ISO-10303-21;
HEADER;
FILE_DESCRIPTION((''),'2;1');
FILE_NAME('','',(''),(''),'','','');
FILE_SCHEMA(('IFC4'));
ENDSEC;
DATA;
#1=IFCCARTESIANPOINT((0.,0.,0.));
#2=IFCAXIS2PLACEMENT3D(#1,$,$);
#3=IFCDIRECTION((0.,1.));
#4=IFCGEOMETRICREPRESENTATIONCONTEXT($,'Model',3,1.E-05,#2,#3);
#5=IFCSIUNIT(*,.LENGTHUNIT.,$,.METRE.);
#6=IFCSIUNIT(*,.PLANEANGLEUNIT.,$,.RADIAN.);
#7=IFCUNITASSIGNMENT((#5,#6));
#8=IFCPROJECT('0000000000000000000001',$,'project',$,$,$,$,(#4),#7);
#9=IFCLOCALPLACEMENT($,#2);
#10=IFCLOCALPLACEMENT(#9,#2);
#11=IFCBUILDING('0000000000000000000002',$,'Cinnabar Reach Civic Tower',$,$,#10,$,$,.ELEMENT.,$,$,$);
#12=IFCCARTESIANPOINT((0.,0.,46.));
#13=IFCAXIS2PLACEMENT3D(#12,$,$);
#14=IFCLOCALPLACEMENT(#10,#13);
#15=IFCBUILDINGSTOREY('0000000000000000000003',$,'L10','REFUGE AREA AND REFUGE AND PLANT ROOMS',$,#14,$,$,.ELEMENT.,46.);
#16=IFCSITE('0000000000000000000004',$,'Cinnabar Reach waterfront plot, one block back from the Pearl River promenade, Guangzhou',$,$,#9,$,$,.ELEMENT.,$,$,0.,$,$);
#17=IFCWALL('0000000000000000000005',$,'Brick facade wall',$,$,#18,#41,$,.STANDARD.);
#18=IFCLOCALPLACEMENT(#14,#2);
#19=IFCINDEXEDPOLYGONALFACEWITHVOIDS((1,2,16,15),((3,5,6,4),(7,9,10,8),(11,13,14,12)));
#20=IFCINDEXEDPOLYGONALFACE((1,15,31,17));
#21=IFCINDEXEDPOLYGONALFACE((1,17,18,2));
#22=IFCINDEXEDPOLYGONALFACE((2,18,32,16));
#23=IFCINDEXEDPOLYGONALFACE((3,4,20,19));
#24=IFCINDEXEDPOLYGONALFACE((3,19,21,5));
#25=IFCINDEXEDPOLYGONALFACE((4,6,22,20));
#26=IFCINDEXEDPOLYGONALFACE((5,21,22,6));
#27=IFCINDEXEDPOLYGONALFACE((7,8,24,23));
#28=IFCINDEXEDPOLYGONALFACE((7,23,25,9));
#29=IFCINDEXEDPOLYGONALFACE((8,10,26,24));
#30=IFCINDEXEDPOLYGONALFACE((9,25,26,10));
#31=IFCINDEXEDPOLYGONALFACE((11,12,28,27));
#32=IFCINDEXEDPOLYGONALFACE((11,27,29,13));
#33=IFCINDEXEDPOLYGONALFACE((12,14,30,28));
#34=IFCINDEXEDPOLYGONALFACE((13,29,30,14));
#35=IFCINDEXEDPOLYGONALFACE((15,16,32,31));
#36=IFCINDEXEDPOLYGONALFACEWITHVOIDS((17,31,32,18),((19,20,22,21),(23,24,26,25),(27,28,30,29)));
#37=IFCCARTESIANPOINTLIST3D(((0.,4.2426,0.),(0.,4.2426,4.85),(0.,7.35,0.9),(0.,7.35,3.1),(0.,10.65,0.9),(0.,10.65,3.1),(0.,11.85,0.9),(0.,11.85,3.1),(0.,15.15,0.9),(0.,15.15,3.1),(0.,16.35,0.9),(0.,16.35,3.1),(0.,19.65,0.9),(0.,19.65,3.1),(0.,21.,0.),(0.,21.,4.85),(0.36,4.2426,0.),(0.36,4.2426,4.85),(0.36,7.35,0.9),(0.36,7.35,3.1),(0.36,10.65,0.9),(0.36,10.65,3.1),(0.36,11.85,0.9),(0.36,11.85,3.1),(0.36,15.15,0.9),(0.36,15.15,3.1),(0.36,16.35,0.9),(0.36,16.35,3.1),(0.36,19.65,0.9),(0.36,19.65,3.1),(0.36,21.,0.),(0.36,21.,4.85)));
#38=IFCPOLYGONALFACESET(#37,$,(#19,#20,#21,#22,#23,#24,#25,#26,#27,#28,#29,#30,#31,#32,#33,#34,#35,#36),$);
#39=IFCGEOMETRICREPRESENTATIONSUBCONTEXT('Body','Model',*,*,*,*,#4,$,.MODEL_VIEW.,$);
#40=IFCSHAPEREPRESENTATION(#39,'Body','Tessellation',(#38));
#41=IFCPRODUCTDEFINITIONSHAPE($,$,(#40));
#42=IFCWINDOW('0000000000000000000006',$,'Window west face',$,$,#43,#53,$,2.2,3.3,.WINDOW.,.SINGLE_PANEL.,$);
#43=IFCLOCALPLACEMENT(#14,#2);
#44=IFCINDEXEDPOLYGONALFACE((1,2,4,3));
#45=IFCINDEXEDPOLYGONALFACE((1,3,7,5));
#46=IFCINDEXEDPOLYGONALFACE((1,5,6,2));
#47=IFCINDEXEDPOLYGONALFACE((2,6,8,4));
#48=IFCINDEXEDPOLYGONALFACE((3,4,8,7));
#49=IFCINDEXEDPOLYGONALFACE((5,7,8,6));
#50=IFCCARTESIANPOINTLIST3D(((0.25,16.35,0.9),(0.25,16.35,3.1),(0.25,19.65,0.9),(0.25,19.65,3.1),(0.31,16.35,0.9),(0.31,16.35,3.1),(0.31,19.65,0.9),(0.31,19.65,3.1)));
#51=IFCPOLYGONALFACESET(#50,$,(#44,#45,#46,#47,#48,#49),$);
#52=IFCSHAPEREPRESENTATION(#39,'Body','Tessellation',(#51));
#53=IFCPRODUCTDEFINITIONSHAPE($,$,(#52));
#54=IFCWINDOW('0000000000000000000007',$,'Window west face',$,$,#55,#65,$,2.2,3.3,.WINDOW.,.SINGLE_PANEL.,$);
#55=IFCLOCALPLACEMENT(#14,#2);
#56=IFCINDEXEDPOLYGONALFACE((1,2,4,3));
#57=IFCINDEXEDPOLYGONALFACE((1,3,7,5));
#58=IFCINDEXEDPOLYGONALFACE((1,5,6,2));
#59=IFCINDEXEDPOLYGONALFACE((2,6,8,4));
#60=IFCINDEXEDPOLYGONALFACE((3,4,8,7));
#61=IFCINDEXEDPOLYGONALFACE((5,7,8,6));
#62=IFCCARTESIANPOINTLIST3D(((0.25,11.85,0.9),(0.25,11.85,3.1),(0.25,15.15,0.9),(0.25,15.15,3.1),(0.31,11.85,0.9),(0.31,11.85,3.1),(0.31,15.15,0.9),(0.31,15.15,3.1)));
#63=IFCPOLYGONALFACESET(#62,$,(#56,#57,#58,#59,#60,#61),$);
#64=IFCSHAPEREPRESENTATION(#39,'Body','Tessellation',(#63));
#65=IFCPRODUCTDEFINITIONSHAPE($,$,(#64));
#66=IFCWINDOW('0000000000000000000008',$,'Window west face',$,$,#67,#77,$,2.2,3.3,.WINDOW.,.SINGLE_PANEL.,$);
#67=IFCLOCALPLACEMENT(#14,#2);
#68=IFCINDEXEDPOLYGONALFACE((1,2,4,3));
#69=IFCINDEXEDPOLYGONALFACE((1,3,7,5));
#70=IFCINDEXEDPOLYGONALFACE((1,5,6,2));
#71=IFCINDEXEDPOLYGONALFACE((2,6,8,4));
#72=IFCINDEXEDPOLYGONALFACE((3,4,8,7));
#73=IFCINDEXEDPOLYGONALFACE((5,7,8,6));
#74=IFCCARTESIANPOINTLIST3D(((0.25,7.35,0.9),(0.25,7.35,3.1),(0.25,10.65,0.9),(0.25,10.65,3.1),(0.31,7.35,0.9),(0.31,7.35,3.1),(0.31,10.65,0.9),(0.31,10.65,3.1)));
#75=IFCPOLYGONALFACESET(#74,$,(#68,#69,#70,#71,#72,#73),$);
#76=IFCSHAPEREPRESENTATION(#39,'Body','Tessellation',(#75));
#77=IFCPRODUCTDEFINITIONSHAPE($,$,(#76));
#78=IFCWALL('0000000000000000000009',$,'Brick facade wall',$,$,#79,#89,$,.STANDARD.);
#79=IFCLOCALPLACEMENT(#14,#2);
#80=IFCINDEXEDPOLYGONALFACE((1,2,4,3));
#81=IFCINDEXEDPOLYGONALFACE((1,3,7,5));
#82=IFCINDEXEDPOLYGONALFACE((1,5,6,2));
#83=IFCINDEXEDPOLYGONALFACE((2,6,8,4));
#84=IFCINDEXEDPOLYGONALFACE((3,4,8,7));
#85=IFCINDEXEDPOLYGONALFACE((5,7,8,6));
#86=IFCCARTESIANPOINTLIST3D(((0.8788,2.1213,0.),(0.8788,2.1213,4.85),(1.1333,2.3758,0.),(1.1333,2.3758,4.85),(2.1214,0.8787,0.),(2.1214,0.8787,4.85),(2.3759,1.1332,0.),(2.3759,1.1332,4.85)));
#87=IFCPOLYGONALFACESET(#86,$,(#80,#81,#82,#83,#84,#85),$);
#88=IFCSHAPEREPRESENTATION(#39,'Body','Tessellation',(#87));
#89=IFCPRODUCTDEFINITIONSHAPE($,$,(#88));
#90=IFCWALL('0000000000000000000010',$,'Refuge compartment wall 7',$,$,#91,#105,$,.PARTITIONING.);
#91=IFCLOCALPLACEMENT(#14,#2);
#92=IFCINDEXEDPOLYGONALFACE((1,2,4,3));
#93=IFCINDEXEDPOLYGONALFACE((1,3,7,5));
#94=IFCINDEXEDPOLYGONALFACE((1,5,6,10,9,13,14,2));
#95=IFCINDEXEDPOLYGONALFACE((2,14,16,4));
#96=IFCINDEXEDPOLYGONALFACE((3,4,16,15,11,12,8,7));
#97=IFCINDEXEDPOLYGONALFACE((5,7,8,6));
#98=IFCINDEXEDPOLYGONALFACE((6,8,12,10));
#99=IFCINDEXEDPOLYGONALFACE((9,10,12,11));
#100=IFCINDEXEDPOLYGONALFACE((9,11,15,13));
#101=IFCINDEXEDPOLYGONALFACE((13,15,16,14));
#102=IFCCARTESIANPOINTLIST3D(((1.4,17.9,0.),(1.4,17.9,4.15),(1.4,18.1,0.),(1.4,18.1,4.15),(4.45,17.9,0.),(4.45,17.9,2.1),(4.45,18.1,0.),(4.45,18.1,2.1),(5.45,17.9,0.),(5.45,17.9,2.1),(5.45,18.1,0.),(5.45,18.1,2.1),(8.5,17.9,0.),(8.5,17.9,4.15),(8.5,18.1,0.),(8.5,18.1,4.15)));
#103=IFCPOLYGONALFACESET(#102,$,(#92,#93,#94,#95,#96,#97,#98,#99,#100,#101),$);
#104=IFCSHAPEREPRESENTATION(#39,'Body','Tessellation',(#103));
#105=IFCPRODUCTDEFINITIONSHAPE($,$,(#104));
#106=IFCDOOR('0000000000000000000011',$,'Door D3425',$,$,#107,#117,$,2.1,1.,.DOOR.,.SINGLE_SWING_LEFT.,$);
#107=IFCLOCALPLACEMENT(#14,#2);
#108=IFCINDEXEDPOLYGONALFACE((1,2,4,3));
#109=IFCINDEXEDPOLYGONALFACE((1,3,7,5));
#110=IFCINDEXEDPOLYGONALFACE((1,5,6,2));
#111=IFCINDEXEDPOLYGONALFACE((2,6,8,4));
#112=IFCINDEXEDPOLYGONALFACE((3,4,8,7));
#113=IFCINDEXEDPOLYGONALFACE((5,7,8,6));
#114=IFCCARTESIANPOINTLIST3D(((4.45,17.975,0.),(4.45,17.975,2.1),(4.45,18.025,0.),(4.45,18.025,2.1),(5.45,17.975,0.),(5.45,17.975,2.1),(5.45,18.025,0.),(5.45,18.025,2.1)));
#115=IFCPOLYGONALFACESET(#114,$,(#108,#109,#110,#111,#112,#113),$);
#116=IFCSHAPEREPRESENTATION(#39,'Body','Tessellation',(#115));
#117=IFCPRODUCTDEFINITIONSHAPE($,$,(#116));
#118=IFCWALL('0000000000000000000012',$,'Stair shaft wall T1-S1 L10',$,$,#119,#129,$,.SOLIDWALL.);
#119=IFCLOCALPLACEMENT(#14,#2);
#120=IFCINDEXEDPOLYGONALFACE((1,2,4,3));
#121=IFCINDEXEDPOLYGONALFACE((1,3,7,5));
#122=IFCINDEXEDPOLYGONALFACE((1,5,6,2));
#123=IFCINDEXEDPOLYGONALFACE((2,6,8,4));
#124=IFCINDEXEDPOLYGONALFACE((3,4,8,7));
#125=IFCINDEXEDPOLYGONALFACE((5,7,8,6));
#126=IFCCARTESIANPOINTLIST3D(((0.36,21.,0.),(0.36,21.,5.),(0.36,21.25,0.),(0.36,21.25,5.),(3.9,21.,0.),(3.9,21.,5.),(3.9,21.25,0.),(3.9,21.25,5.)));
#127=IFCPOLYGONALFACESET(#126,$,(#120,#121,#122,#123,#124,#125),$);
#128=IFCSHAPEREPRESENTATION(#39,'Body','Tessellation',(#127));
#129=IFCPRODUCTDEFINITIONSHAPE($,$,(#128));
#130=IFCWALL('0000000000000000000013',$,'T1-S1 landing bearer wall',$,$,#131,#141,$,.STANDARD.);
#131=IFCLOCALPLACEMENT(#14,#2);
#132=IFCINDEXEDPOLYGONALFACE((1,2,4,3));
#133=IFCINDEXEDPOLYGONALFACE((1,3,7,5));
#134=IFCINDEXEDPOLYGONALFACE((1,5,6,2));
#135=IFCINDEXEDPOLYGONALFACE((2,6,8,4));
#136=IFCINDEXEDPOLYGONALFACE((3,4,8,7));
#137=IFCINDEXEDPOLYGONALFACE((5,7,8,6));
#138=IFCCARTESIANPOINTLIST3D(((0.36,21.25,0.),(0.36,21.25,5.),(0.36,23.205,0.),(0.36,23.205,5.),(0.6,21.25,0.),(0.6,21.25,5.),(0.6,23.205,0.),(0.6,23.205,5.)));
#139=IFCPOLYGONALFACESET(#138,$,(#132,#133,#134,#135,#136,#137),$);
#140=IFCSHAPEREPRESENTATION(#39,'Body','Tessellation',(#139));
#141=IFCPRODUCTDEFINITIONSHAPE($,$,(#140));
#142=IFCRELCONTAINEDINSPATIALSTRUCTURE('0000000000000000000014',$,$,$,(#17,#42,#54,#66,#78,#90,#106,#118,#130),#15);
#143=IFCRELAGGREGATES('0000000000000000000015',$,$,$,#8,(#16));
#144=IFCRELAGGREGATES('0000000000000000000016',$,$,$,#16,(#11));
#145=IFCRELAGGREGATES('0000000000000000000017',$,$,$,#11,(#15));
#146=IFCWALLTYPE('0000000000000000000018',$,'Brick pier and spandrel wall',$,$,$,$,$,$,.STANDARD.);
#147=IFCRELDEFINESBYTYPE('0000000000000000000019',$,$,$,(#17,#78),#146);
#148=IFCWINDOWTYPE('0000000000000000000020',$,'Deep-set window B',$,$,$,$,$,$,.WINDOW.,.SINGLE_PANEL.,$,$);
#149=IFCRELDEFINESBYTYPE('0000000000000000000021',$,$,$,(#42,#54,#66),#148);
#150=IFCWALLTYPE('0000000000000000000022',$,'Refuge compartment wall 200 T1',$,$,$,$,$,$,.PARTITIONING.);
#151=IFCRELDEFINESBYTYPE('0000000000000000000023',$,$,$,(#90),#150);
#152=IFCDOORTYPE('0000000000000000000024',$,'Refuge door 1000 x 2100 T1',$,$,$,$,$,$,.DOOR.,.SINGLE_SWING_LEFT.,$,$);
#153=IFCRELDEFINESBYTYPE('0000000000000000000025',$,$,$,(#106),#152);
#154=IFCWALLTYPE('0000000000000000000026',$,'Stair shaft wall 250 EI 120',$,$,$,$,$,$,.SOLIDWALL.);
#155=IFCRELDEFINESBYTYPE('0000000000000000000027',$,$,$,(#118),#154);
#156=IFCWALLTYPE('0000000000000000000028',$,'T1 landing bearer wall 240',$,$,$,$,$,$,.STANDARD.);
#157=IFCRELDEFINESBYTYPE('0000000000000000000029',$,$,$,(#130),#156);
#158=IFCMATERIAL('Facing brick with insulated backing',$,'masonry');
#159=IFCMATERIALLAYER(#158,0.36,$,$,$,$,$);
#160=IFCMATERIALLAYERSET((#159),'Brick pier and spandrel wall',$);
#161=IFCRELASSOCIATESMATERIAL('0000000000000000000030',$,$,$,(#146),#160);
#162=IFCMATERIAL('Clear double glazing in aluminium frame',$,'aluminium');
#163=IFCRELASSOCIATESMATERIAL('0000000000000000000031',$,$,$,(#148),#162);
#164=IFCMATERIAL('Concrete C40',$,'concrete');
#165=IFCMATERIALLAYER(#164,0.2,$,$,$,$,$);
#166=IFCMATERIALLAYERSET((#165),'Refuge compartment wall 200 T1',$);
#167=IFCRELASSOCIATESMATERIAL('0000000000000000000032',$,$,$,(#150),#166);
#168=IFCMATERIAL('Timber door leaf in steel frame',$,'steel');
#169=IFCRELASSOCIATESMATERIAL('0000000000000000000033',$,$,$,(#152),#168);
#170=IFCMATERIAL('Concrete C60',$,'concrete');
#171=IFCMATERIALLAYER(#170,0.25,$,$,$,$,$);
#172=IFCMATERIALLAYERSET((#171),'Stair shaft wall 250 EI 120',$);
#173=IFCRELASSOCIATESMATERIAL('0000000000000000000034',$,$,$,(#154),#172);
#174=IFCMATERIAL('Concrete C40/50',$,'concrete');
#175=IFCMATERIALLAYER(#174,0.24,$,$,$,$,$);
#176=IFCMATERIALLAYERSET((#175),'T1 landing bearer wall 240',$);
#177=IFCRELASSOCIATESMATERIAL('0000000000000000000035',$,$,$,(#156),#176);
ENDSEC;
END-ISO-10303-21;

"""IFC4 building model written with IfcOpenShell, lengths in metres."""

from ifc_helpers import new_model, si_unit, direction, frame, frame_2d, origin, place, context, subcontext, project, spatial, rectangle, extrude, material, layer, layer_set, type_object, element, fill, save


model = new_model("IFC4")

# Units and contexts
model_context = context("Model", 3, precision=1e-05, world=origin(), true_north=direction((0.0, 1.0)))
body_context = subcontext(model_context, "Body", "Model", "MODEL_VIEW")
ifc_project = project(units=[si_unit("LENGTHUNIT", "METRE"), si_unit("PLANEANGLEUNIT", "RADIAN")], contexts=[model_context])

# Site, building, storey
site_placement = place(None, origin())
site = spatial("IfcSite", under=ifc_project, at=site_placement, Name="Cinnabar Reach waterfront plot, one block back from the Pearl River promenade, Guangzhou", CompositionType="ELEMENT", RefElevation=0.0)
building_placement = place(site_placement, origin())
building = spatial("IfcBuilding", under=site, at=building_placement, Name="Cinnabar Reach Civic Tower", CompositionType="ELEMENT")
storey_placement = place(building_placement, frame((0.0, 0.0, 46.0)))
storey = spatial("IfcBuildingStorey", under=building, at=storey_placement, Name="L10", Description="REFUGE AREA AND REFUGE AND PLANT ROOMS", CompositionType="ELEMENT", Elevation=46.0)

# Shared definitions
ifc_material_1 = material(Name="Concrete C40", Category="concrete")

# Shared definitions
ifc_material_2 = material(Name="Facing brick with insulated backing", Category="masonry")

# Wall, openings, windows
ifc_layer_1 = layer(ifc_material_2, 0.36)
ifc_layer_set_1 = layer_set([ifc_layer_1], Name="Brick pier and spandrel wall")
wall_type_1 = type_object("IfcWallType", Name="Brick pier and spandrel wall", PredefinedType="STANDARD", material=ifc_layer_set_1)
wall_1_placement = place(storey_placement, frame((0.18, 21.0, 0.0), z_axis=(0.0, 0.0, 1.0), x_axis=(0.0, -1.0, 0.0)))
wall_1 = element("IfcWall", 1, at=wall_1_placement, inside=storey, type_object=wall_type_1, Name="Brick facade wall", PredefinedType="STANDARD", context=body_context, shape_type="SweptSolid", body=[
    extrude(rectangle(XDim=16.7574, YDim=0.36, at=frame_2d((8.3787, 0.0))), origin(), (0.0, 0.0, 1.0), 4.85),
])
opening_1_placement = place(wall_1_placement, frame((1.35, 0.0, 0.9)))
opening_1 = element("IfcOpeningElement", 2, at=opening_1_placement, cuts=wall_1, PredefinedType="OPENING", context=body_context, shape_type="SweptSolid", body=[
    extrude(rectangle(XDim=3.3, YDim=2.2, at=frame_2d((1.65, 1.1))), frame((0.0, 0.19, 0.0), z_axis=(0.0, -1.0, 0.0), x_axis=(1.0, 0.0, 0.0)), (0.0, 0.0, 1.0), 0.38),
])
opening_2_placement = place(wall_1_placement, frame((5.85, 0.0, 0.9)))
opening_2 = element("IfcOpeningElement", 3, at=opening_2_placement, cuts=wall_1, PredefinedType="OPENING", context=body_context, shape_type="SweptSolid", body=[
    extrude(rectangle(XDim=3.3, YDim=2.2, at=frame_2d((1.65, 1.1))), frame((0.0, 0.19, 0.0), z_axis=(0.0, -1.0, 0.0), x_axis=(1.0, 0.0, 0.0)), (0.0, 0.0, 1.0), 0.38),
])
opening_3_placement = place(wall_1_placement, frame((10.35, 0.0, 0.9)))
opening_3 = element("IfcOpeningElement", 4, at=opening_3_placement, cuts=wall_1, PredefinedType="OPENING", context=body_context, shape_type="SweptSolid", body=[
    extrude(rectangle(XDim=3.3, YDim=2.2, at=frame_2d((1.65, 1.1))), frame((0.0, 0.19, 0.0), z_axis=(0.0, -1.0, 0.0), x_axis=(1.0, 0.0, 0.0)), (0.0, 0.0, 1.0), 0.38),
])
ifc_material_3 = material(Name="Clear double glazing in aluminium frame", Category="aluminium")
window_type = type_object("IfcWindowType", Name="Deep-set window B", PartitioningType="SINGLE_PANEL", PredefinedType="WINDOW", material=ifc_material_3)
window_1_placement = place(opening_1_placement, origin())
window_1 = element("IfcWindow", 5, at=window_1_placement, inside=storey, type_object=window_type, Name="Window west face", OverallHeight=2.2, OverallWidth=3.3, PartitioningType="SINGLE_PANEL", PredefinedType="WINDOW", context=body_context, shape_type="SweptSolid", body=[
    extrude(rectangle(XDim=3.3, YDim=2.2, at=frame_2d((1.65, 1.1))), frame((0.0, 0.13, 0.0), z_axis=(0.0, -1.0, 0.0), x_axis=(1.0, 0.0, 0.0)), (0.0, 0.0, 1.0), 0.06),
])
fill(opening_1, window_1)
window_2_placement = place(opening_2_placement, origin())
window_2 = element("IfcWindow", 6, at=window_2_placement, inside=storey, type_object=window_type, Name="Window west face", OverallHeight=2.2, OverallWidth=3.3, PartitioningType="SINGLE_PANEL", PredefinedType="WINDOW", context=body_context, shape_type="SweptSolid", body=[
    extrude(rectangle(XDim=3.3, YDim=2.2, at=frame_2d((1.65, 1.1))), frame((0.0, 0.13, 0.0), z_axis=(0.0, -1.0, 0.0), x_axis=(1.0, 0.0, 0.0)), (0.0, 0.0, 1.0), 0.06),
])
fill(opening_2, window_2)
window_3_placement = place(opening_3_placement, origin())
window_3 = element("IfcWindow", 7, at=window_3_placement, inside=storey, type_object=window_type, Name="Window west face", OverallHeight=2.2, OverallWidth=3.3, PartitioningType="SINGLE_PANEL", PredefinedType="WINDOW", context=body_context, shape_type="SweptSolid", body=[
    extrude(rectangle(XDim=3.3, YDim=2.2, at=frame_2d((1.65, 1.1))), frame((0.0, 0.13, 0.0), z_axis=(0.0, -1.0, 0.0), x_axis=(1.0, 0.0, 0.0)), (0.0, 0.0, 1.0), 0.06),
])
fill(opening_3, window_3)

# Wall
wall_2_placement = place(storey_placement, frame((1.006, 2.2486, 0.0), z_axis=(0.0, 0.0, 1.0), x_axis=(0.707107, -0.707107, 0.0)))
element("IfcWall", 8, at=wall_2_placement, inside=storey, type_object=wall_type_1, Name="Brick facade wall", PredefinedType="STANDARD", context=body_context, shape_type="SweptSolid", body=[
    extrude(rectangle(XDim=1.7573, YDim=0.36, at=frame_2d((0.8787, 0.0))), origin(), (0.0, 0.0, 1.0), 4.85),
])

# Wall, opening, door
ifc_layer_2 = layer(ifc_material_1, 0.2)
ifc_layer_set_2 = layer_set([ifc_layer_2], Name="Refuge compartment wall 200 T1")
wall_type_2 = type_object("IfcWallType", Name="Refuge compartment wall 200 T1", PredefinedType="PARTITIONING", material=ifc_layer_set_2)
wall_3_placement = place(storey_placement, frame((1.4, 18.0, 0.0), z_axis=(0.0, 0.0, 1.0), x_axis=(1.0, 0.0, 0.0)))
wall_3 = element("IfcWall", 9, at=wall_3_placement, inside=storey, type_object=wall_type_2, Name="Refuge compartment wall 7", PredefinedType="PARTITIONING", context=body_context, shape_type="SweptSolid", body=[
    extrude(rectangle(XDim=7.1, YDim=0.2, at=frame_2d((3.55, 0.0))), origin(), (0.0, 0.0, 1.0), 4.15),
])
opening_4_placement = place(wall_3_placement, frame((3.05, 0.0, 0.0)))
opening_4 = element("IfcOpeningElement", 10, at=opening_4_placement, cuts=wall_3, PredefinedType="OPENING", context=body_context, shape_type="SweptSolid", body=[
    extrude(rectangle(XDim=1.0, YDim=2.1, at=frame_2d((0.5, 1.05))), frame((0.0, 0.11, 0.0), z_axis=(0.0, -1.0, 0.0), x_axis=(1.0, 0.0, 0.0)), (0.0, 0.0, 1.0), 0.22),
])
ifc_material_4 = material(Name="Timber door leaf in steel frame", Category="steel")
door_type = type_object("IfcDoorType", Name="Refuge door 1000 x 2100 T1", OperationType="SINGLE_SWING_LEFT", PredefinedType="DOOR", material=ifc_material_4)
door_placement = place(opening_4_placement, frame((1.0, 0.0, 0.0), z_axis=(0.0, 0.0, 1.0), x_axis=(-1.0, 0.0, 0.0)))
door = element("IfcDoor", 11, at=door_placement, inside=storey, type_object=door_type, Name="Door D3425", OperationType="SINGLE_SWING_LEFT", OverallHeight=2.1, OverallWidth=1.0, PredefinedType="DOOR", context=body_context, shape_type="SweptSolid", body=[
    extrude(rectangle(XDim=1.0, YDim=2.1, at=frame_2d((0.5, 1.05))), frame((0.0, 0.025, 0.0), z_axis=(0.0, -1.0, 0.0), x_axis=(1.0, 0.0, 0.0)), (0.0, 0.0, 1.0), 0.05),
])
fill(opening_4, door)

# Walls
ifc_material_5 = material(Name="Concrete C60", Category="concrete")
ifc_layer_3 = layer(ifc_material_5, 0.25)
ifc_layer_set_3 = layer_set([ifc_layer_3], Name="Stair shaft wall 250 EI 120")
wall_type_3 = type_object("IfcWallType", Name="Stair shaft wall 250 EI 120", PredefinedType="SOLIDWALL", material=ifc_layer_set_3)
wall_4_placement = place(storey_placement, frame((0.36, 21.125, 0.0), z_axis=(0.0, 0.0, 1.0), x_axis=(1.0, 0.0, 0.0)))
element("IfcWall", 12, at=wall_4_placement, inside=storey, type_object=wall_type_3, Name="Stair shaft wall T1-S1 L10", PredefinedType="SOLIDWALL", context=body_context, shape_type="SweptSolid", body=[
    extrude(rectangle(XDim=3.54, YDim=0.25, at=frame_2d((1.77, 0.0))), origin(), (0.0, 0.0, 1.0), 5.0),
])
ifc_material_6 = material(Name="Concrete C40/50", Category="concrete")
ifc_layer_4 = layer(ifc_material_6, 0.24)
ifc_layer_set_4 = layer_set([ifc_layer_4], Name="T1 landing bearer wall 240")
wall_type_4 = type_object("IfcWallType", Name="T1 landing bearer wall 240", PredefinedType="STANDARD", material=ifc_layer_set_4)
wall_5_placement = place(storey_placement, frame((0.48, 21.25, 0.0), z_axis=(0.0, 0.0, 1.0), x_axis=(0.0, 1.0, 0.0)))
element("IfcWall", 13, at=wall_5_placement, inside=storey, type_object=wall_type_4, Name="T1-S1 landing bearer wall", PredefinedType="STANDARD", context=body_context, shape_type="SweptSolid", body=[
    extrude(rectangle(XDim=1.955, YDim=0.24, at=frame_2d((0.9775, 0.0))), origin(), (0.0, 0.0, 1.0), 5.0),
])

save(model, "model.ifc")
